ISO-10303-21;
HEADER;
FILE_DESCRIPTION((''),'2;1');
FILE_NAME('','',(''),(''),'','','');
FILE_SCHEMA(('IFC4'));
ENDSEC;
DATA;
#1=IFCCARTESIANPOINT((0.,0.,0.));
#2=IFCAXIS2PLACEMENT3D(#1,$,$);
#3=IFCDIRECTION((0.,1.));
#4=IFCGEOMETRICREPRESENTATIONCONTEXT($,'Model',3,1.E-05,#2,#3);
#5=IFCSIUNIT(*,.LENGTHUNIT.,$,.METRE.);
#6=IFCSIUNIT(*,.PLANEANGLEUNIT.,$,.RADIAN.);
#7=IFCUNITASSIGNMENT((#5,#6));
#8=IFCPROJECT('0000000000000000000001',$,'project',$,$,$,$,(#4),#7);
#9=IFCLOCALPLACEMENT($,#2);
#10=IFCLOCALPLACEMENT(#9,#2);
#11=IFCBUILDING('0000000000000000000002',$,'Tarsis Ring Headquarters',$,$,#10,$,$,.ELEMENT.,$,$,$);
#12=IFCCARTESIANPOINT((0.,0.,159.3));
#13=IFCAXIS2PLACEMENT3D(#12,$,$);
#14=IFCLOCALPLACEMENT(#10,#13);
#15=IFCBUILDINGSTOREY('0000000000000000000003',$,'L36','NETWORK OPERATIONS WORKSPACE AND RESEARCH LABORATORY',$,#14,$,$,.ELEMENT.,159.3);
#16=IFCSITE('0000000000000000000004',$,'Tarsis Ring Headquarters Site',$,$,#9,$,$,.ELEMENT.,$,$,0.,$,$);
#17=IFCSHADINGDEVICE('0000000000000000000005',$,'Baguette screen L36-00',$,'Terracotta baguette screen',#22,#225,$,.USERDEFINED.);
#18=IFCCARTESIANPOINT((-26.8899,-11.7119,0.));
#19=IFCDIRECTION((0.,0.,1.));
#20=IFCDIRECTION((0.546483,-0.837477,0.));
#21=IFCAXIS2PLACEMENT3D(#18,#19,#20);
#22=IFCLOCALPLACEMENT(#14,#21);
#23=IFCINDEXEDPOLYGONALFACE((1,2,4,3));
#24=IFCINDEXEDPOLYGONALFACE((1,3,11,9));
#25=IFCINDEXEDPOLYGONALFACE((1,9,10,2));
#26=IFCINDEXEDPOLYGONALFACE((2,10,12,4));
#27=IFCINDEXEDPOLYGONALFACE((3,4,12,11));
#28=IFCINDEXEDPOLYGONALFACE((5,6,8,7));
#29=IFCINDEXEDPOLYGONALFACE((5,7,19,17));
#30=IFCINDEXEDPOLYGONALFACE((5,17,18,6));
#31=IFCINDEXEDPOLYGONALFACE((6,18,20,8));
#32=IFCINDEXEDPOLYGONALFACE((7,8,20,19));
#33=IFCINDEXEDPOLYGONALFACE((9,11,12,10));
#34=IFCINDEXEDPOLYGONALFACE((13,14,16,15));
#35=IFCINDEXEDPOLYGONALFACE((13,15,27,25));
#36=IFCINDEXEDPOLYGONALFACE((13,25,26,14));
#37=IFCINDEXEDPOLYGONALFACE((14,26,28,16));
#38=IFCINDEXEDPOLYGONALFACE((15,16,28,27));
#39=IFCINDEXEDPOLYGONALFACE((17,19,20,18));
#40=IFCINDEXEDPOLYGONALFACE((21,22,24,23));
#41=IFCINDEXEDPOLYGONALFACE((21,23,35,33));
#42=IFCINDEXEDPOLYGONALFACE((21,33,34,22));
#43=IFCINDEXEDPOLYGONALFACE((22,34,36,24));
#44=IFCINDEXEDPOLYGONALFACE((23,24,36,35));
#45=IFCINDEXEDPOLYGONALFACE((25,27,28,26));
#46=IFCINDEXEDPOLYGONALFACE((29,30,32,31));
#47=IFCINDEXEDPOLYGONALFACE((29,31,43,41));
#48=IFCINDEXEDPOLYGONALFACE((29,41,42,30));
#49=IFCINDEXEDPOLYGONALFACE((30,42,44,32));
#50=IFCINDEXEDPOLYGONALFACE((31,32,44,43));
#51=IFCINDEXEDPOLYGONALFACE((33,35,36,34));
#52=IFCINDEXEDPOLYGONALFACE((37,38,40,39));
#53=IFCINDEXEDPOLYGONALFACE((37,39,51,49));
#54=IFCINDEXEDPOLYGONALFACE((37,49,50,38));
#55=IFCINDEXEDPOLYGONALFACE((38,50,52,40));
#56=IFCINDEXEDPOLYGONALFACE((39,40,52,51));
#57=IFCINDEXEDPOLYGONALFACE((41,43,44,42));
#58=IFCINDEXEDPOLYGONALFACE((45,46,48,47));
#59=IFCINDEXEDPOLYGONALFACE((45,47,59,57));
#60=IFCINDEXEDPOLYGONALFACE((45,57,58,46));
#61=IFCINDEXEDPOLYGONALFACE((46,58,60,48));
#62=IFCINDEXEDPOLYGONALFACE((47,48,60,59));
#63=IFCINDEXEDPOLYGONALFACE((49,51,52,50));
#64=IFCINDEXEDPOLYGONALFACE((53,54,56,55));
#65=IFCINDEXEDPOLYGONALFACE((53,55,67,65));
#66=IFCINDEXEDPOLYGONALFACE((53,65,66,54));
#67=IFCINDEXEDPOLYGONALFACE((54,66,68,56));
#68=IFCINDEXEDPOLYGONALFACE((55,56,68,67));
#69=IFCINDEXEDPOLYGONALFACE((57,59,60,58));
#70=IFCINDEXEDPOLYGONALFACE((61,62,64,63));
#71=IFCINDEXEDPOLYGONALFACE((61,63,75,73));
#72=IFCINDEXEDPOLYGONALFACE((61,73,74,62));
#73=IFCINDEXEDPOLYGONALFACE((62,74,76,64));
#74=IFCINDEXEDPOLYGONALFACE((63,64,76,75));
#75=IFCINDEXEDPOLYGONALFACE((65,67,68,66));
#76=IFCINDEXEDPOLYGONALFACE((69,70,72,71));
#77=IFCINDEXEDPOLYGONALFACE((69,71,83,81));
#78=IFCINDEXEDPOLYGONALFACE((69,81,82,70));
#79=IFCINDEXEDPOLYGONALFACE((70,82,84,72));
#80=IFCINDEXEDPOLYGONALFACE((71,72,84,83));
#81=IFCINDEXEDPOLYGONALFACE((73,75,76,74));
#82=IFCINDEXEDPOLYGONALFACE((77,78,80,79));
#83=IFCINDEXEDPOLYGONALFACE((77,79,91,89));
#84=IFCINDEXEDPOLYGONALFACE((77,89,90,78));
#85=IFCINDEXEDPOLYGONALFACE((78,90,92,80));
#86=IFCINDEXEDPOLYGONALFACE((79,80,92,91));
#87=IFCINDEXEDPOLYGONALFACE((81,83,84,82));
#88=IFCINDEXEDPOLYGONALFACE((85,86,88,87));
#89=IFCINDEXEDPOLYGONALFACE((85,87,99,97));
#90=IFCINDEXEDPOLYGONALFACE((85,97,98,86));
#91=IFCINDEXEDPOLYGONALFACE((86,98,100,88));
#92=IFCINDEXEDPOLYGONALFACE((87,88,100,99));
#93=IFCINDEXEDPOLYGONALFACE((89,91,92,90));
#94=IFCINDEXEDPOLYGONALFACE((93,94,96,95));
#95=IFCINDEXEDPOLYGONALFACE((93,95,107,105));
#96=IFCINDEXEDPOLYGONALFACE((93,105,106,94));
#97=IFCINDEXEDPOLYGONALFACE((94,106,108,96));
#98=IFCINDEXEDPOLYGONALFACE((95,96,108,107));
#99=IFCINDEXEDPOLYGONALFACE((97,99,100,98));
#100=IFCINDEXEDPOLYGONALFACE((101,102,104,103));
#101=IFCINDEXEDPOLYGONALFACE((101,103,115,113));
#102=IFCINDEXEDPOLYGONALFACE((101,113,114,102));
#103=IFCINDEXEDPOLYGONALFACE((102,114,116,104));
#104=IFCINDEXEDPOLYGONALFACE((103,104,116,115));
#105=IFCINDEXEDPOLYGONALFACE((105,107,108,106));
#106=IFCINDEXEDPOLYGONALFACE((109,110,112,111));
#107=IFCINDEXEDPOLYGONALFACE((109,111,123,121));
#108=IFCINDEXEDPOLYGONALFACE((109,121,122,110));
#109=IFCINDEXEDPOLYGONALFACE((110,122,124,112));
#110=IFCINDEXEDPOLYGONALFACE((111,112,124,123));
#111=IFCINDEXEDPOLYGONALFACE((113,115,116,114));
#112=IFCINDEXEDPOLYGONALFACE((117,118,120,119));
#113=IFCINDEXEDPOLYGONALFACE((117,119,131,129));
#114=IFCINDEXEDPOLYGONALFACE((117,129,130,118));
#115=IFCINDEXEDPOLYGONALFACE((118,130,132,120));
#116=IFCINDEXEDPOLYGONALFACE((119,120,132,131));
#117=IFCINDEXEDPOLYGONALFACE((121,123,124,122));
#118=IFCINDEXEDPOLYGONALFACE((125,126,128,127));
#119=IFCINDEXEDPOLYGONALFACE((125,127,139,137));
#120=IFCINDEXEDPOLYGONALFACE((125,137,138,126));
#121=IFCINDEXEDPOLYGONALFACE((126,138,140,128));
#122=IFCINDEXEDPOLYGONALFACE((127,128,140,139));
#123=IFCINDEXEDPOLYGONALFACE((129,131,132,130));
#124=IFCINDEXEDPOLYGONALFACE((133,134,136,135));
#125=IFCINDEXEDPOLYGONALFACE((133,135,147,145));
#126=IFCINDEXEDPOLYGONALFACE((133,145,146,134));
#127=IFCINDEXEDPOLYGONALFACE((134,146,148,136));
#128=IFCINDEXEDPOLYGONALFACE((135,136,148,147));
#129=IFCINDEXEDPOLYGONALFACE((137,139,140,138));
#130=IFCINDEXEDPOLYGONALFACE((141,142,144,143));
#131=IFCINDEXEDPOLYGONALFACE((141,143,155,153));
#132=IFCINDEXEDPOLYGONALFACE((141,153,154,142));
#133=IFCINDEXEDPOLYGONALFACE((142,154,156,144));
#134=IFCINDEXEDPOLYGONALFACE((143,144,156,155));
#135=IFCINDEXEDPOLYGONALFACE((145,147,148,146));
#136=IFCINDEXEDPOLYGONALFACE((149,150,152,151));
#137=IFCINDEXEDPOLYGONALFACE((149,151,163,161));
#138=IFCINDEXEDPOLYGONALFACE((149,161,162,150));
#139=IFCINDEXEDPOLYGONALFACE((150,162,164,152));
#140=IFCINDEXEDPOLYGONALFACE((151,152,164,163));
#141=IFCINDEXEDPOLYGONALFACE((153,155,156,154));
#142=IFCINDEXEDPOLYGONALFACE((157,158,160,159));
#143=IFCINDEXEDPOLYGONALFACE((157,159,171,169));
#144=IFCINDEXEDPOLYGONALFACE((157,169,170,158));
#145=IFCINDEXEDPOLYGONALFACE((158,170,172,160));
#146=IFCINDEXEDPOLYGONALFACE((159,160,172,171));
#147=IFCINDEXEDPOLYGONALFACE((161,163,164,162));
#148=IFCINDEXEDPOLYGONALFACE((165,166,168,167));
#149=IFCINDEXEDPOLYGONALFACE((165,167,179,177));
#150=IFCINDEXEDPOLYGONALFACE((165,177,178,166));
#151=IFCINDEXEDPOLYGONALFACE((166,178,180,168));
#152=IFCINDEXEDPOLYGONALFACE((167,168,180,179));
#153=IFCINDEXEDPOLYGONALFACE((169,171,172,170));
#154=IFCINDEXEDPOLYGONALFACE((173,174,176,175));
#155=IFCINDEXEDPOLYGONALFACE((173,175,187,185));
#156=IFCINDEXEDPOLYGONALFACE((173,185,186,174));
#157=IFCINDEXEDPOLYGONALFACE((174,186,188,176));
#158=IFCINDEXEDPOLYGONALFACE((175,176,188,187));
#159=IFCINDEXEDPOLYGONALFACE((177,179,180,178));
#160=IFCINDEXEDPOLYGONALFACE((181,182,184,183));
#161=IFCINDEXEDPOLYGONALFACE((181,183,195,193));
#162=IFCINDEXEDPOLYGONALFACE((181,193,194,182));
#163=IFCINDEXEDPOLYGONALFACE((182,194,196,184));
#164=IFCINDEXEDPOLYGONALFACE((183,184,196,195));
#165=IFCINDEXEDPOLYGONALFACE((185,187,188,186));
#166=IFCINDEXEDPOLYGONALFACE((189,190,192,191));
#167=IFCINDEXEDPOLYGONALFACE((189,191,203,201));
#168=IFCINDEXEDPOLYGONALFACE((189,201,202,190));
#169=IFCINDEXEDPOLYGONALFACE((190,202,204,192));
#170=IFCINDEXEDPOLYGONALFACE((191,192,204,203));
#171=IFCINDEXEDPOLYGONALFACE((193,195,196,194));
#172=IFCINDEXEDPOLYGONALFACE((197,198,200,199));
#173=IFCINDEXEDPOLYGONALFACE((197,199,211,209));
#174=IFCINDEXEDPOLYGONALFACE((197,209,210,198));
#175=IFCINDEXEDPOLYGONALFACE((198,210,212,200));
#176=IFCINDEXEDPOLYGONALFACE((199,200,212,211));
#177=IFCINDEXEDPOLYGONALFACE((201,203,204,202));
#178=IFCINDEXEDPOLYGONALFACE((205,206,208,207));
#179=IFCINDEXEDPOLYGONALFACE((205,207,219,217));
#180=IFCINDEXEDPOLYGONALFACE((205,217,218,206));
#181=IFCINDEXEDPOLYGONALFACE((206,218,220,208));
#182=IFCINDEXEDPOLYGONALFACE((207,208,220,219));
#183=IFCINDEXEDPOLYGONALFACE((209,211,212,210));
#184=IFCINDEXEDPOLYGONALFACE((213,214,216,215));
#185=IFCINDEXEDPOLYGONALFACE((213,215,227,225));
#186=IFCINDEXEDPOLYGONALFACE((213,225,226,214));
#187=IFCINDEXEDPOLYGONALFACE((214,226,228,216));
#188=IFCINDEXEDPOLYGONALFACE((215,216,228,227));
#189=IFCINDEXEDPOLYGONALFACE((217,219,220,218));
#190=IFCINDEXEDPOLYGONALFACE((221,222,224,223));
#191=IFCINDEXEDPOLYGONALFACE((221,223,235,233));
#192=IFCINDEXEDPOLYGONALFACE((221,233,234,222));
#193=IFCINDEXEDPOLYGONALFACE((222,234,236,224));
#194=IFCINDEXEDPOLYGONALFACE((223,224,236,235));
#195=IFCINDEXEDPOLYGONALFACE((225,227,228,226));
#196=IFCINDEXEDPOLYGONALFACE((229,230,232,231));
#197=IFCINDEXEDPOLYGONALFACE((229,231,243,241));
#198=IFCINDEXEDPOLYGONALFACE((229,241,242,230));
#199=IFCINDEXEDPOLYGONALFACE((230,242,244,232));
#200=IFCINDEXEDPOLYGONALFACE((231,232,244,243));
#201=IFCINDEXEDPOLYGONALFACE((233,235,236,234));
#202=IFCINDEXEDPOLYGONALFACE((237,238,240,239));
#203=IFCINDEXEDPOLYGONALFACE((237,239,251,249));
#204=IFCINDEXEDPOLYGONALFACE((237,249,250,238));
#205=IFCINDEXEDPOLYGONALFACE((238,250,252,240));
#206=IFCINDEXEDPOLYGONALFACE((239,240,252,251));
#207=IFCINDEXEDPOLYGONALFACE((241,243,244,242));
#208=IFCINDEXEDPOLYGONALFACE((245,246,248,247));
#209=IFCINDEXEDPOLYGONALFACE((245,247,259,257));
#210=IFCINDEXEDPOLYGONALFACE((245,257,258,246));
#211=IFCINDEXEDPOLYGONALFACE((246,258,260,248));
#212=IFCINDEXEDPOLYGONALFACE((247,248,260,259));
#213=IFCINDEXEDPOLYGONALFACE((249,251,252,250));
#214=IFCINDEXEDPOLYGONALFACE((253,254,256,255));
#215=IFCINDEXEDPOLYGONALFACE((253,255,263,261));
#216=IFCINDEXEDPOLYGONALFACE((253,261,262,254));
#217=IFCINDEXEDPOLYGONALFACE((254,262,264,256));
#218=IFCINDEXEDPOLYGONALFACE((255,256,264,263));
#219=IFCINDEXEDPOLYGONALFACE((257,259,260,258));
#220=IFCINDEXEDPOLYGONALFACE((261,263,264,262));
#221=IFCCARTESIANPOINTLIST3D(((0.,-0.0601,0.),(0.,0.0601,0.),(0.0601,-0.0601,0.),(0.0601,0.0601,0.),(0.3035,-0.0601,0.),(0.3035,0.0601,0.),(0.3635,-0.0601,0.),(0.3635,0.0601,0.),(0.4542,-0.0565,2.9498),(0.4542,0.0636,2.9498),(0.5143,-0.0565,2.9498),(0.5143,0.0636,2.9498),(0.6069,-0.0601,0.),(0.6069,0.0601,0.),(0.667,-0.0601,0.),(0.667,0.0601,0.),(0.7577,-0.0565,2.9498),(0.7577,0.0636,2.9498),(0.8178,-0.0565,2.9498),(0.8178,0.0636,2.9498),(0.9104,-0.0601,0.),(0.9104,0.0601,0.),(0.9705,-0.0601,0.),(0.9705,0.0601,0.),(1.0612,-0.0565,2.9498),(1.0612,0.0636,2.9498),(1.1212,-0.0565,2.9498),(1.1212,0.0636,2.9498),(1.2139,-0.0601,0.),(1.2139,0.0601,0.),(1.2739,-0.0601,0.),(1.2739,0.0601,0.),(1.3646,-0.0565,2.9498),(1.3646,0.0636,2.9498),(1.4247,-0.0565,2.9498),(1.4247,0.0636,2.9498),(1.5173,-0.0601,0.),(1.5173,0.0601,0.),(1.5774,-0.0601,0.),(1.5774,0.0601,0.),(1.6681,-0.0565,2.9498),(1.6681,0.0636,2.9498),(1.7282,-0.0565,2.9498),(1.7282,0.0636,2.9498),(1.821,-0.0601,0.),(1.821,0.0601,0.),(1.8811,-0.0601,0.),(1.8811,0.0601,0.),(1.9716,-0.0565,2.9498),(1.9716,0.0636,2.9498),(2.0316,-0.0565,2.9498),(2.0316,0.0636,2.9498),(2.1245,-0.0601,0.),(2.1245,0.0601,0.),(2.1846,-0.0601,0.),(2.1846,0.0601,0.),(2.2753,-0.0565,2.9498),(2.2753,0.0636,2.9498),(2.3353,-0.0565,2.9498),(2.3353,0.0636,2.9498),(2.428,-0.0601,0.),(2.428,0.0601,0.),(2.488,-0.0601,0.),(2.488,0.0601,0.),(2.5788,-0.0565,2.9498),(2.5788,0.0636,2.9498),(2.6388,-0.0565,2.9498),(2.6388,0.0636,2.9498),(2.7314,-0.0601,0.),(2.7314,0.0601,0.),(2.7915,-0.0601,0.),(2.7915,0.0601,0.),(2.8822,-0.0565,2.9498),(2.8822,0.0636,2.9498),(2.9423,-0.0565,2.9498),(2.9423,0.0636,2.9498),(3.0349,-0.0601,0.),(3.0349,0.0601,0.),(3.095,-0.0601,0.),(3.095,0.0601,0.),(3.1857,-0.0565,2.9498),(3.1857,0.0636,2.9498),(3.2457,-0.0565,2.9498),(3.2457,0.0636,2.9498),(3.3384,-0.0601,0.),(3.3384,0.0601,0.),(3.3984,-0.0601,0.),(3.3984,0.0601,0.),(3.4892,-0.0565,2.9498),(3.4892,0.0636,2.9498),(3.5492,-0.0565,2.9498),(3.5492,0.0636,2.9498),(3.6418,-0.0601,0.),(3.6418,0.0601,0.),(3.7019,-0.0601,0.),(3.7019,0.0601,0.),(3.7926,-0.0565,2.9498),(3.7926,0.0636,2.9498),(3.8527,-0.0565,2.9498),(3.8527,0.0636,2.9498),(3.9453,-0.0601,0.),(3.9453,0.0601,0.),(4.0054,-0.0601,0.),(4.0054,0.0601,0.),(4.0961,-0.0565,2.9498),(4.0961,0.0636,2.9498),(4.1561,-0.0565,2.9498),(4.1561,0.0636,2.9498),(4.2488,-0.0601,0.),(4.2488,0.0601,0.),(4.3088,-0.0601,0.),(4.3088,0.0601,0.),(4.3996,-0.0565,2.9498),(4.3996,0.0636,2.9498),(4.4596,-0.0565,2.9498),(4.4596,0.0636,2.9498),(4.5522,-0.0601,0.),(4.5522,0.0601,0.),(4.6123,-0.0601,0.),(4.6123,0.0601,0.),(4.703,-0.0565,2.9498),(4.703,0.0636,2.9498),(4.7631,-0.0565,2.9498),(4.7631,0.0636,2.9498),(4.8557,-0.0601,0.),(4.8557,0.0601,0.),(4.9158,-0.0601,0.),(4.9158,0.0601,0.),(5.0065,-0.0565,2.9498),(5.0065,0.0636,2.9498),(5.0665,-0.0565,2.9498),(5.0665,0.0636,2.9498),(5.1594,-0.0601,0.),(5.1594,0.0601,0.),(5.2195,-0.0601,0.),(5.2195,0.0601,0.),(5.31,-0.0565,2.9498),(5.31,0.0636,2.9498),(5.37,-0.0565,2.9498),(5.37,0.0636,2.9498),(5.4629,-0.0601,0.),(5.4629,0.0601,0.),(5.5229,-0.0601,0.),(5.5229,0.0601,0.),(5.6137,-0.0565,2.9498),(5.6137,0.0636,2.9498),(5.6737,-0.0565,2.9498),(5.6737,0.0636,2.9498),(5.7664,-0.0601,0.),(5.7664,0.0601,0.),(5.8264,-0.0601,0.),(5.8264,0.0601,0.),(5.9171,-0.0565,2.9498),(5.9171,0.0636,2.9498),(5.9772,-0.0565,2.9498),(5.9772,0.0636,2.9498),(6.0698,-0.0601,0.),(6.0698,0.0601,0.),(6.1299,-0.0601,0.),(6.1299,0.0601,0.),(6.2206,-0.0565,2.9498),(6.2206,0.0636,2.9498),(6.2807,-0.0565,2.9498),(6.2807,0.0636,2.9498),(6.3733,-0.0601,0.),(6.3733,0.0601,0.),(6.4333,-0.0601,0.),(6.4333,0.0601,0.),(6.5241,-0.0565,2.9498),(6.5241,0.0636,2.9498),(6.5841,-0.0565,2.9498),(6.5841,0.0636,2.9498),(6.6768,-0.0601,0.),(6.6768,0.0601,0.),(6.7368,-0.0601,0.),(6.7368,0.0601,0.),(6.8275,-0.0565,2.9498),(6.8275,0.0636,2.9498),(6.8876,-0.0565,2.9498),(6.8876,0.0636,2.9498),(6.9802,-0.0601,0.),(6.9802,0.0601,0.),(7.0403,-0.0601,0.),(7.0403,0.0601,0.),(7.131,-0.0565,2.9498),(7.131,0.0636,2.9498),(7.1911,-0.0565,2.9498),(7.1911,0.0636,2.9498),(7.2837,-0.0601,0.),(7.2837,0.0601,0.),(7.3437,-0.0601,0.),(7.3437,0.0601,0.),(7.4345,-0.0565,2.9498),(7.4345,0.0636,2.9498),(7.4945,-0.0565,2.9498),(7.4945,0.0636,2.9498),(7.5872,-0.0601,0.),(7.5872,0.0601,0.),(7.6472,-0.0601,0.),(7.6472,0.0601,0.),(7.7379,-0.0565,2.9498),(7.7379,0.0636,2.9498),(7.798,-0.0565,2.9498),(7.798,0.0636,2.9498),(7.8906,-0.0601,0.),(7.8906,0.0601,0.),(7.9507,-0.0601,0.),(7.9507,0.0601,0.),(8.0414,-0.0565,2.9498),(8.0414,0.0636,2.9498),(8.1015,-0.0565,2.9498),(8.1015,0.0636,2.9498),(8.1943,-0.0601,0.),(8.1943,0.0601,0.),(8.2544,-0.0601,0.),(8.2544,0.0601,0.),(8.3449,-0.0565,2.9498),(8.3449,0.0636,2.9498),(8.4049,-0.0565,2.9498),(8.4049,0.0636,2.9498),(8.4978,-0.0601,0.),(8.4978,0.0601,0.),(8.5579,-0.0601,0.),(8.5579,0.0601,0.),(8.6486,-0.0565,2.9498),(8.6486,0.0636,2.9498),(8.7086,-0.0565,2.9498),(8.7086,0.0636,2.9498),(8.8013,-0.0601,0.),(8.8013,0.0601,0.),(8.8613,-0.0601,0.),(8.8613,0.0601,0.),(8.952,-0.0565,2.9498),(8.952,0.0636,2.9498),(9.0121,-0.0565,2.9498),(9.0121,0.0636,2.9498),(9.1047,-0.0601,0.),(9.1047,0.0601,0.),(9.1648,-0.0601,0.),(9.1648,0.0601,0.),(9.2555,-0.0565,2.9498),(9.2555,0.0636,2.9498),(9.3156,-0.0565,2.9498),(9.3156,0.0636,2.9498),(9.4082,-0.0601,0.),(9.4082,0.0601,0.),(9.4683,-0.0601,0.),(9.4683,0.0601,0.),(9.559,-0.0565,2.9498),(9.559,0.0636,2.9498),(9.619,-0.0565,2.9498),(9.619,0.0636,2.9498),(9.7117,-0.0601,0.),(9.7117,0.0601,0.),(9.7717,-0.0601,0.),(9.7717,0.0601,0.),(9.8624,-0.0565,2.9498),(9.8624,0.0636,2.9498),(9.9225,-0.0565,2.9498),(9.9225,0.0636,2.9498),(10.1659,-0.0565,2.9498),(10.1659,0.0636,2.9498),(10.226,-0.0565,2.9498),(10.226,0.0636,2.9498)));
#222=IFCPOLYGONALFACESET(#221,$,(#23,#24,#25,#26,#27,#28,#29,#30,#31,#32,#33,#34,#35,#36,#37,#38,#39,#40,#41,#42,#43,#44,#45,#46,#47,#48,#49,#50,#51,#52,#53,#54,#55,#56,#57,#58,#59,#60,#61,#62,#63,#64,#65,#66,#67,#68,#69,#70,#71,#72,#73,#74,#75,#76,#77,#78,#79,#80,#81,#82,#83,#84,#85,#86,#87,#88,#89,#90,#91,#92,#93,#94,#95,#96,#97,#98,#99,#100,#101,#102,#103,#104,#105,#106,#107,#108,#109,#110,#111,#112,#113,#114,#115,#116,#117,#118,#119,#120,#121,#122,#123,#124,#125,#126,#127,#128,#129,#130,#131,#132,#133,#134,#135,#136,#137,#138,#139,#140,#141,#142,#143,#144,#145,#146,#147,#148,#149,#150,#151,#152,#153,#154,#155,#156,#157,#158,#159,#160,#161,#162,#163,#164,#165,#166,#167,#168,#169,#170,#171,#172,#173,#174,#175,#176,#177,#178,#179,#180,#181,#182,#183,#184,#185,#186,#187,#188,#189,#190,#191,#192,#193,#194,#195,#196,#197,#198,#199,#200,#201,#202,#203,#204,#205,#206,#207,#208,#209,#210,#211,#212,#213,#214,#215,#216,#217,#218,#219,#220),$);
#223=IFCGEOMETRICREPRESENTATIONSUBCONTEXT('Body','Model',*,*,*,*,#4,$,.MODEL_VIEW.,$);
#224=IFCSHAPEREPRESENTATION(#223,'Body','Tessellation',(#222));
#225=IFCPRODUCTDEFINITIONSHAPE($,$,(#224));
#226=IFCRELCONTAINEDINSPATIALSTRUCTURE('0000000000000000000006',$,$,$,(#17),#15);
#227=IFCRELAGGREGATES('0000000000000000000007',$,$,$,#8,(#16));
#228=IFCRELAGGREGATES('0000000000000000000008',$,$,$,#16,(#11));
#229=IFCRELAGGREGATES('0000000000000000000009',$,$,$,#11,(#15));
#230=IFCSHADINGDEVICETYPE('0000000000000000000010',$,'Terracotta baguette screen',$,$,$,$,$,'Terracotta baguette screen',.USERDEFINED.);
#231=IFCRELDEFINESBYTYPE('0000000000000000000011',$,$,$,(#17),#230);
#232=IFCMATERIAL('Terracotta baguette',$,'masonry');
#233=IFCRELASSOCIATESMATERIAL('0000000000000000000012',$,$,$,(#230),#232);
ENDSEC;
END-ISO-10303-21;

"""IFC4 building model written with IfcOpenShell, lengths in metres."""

from ifc_helpers import new_model, si_unit, direction, frame, frame_2d, origin, place, context, subcontext, project, spatial, rectangle, composite_profile, extrude, material, type_object, element, save


model = new_model("IFC4")

# Units and contexts
model_context = context("Model", 3, precision=1e-05, world=origin(), true_north=direction((0.0, 1.0)))
body_context = subcontext(model_context, "Body", "Model", "MODEL_VIEW")
ifc_project = project(units=[si_unit("LENGTHUNIT", "METRE"), si_unit("PLANEANGLEUNIT", "RADIAN")], contexts=[model_context])

# Site, building, storey
site_placement = place(None, origin())
site = spatial("IfcSite", under=ifc_project, at=site_placement, Name="Tarsis Ring Headquarters Site", CompositionType="ELEMENT", RefElevation=0.0)
building_placement = place(site_placement, origin())
building = spatial("IfcBuilding", under=site, at=building_placement, Name="Tarsis Ring Headquarters", CompositionType="ELEMENT")
storey_placement = place(building_placement, frame((0.0, 0.0, 159.3)))
storey = spatial("IfcBuildingStorey", under=building, at=storey_placement, Name="L36", Description="NETWORK OPERATIONS WORKSPACE AND RESEARCH LABORATORY", CompositionType="ELEMENT", Elevation=159.3)

# Shading device
ifc_material_1 = material(Name="Terracotta baguette", Category="masonry")
shading_device_type = type_object("IfcShadingDeviceType", Name="Terracotta baguette screen", ElementType="Terracotta baguette screen", PredefinedType="USERDEFINED", material=ifc_material_1)
shading_device_1_placement = place(storey_placement, frame((-26.8899, -11.7119, 0.0), z_axis=(0.0, 0.0, 1.0), x_axis=(0.546483, -0.837477, 0.0)))
element("IfcShadingDevice", 1, at=shading_device_1_placement, inside=storey, type_object=shading_device_type, Name="Baguette screen L36-00", ObjectType="Terracotta baguette screen", PredefinedType="USERDEFINED", context=body_context, shape_type="SweptSolid", body=[
    extrude(composite_profile([rectangle(XDim=0.0601, YDim=0.1201, at=frame_2d((0.03, 0.0))), rectangle(XDim=0.0601, YDim=0.1201, at=frame_2d((0.3335, 0.0))), rectangle(XDim=0.0601, YDim=0.1201, at=frame_2d((0.637, 0.0))), rectangle(XDim=0.0601, YDim=0.1201, at=frame_2d((0.9404, 0.0))), rectangle(XDim=0.0601, YDim=0.1201, at=frame_2d((1.2439, 0.0))), rectangle(XDim=0.0601, YDim=0.1201, at=frame_2d((1.5474, 0.0))), rectangle(XDim=0.0601, YDim=0.1201, at=frame_2d((1.8511, 0.0))), rectangle(XDim=0.0601, YDim=0.1201, at=frame_2d((2.1545, 0.0))), rectangle(XDim=0.0601, YDim=0.1201, at=frame_2d((2.458, 0.0))), rectangle(XDim=0.0601, YDim=0.1201, at=frame_2d((2.7615, 0.0))), rectangle(XDim=0.0601, YDim=0.1201, at=frame_2d((3.0649, 0.0))), rectangle(XDim=0.0601, YDim=0.1201, at=frame_2d((3.3684, 0.0))), rectangle(XDim=0.0601, YDim=0.1201, at=frame_2d((3.6719, 0.0))), rectangle(XDim=0.0601, YDim=0.1201, at=frame_2d((3.9753, 0.0))), rectangle(XDim=0.0601, YDim=0.1201, at=frame_2d((4.2788, 0.0))), rectangle(XDim=0.0601, YDim=0.1201, at=frame_2d((4.5823, 0.0))), rectangle(XDim=0.0601, YDim=0.1201, at=frame_2d((4.8857, 0.0))), rectangle(XDim=0.0601, YDim=0.1201, at=frame_2d((5.1895, 0.0))), rectangle(XDim=0.0601, YDim=0.1201, at=frame_2d((5.4929, 0.0))), rectangle(XDim=0.0601, YDim=0.1201, at=frame_2d((5.7964, 0.0))), rectangle(XDim=0.0601, YDim=0.1201, at=frame_2d((6.0999, 0.0))), rectangle(XDim=0.0601, YDim=0.1201, at=frame_2d((6.4033, 0.0))), rectangle(XDim=0.0601, YDim=0.1201, at=frame_2d((6.7068, 0.0))), rectangle(XDim=0.0601, YDim=0.1201, at=frame_2d((7.0103, 0.0))), rectangle(XDim=0.0601, YDim=0.1201, at=frame_2d((7.3137, 0.0))), rectangle(XDim=0.0601, YDim=0.1201, at=frame_2d((7.6172, 0.0))), rectangle(XDim=0.0601, YDim=0.1201, at=frame_2d((7.9207, 0.0))), rectangle(XDim=0.0601, YDim=0.1201, at=frame_2d((8.2244, 0.0))), rectangle(XDim=0.0601, YDim=0.1201, at=frame_2d((8.5278, 0.0))), rectangle(XDim=0.0601, YDim=0.1201, at=frame_2d((8.8313, 0.0))), rectangle(XDim=0.0601, YDim=0.1201, at=frame_2d((9.1348, 0.0))), rectangle(XDim=0.0601, YDim=0.1201, at=frame_2d((9.4382, 0.0))), rectangle(XDim=0.0601, YDim=0.1201, at=frame_2d((9.7417, 0.0)))]), origin(), (0.152194, 0.001193, 0.98835), 2.9846),
])

save(model, "model.ifc")
